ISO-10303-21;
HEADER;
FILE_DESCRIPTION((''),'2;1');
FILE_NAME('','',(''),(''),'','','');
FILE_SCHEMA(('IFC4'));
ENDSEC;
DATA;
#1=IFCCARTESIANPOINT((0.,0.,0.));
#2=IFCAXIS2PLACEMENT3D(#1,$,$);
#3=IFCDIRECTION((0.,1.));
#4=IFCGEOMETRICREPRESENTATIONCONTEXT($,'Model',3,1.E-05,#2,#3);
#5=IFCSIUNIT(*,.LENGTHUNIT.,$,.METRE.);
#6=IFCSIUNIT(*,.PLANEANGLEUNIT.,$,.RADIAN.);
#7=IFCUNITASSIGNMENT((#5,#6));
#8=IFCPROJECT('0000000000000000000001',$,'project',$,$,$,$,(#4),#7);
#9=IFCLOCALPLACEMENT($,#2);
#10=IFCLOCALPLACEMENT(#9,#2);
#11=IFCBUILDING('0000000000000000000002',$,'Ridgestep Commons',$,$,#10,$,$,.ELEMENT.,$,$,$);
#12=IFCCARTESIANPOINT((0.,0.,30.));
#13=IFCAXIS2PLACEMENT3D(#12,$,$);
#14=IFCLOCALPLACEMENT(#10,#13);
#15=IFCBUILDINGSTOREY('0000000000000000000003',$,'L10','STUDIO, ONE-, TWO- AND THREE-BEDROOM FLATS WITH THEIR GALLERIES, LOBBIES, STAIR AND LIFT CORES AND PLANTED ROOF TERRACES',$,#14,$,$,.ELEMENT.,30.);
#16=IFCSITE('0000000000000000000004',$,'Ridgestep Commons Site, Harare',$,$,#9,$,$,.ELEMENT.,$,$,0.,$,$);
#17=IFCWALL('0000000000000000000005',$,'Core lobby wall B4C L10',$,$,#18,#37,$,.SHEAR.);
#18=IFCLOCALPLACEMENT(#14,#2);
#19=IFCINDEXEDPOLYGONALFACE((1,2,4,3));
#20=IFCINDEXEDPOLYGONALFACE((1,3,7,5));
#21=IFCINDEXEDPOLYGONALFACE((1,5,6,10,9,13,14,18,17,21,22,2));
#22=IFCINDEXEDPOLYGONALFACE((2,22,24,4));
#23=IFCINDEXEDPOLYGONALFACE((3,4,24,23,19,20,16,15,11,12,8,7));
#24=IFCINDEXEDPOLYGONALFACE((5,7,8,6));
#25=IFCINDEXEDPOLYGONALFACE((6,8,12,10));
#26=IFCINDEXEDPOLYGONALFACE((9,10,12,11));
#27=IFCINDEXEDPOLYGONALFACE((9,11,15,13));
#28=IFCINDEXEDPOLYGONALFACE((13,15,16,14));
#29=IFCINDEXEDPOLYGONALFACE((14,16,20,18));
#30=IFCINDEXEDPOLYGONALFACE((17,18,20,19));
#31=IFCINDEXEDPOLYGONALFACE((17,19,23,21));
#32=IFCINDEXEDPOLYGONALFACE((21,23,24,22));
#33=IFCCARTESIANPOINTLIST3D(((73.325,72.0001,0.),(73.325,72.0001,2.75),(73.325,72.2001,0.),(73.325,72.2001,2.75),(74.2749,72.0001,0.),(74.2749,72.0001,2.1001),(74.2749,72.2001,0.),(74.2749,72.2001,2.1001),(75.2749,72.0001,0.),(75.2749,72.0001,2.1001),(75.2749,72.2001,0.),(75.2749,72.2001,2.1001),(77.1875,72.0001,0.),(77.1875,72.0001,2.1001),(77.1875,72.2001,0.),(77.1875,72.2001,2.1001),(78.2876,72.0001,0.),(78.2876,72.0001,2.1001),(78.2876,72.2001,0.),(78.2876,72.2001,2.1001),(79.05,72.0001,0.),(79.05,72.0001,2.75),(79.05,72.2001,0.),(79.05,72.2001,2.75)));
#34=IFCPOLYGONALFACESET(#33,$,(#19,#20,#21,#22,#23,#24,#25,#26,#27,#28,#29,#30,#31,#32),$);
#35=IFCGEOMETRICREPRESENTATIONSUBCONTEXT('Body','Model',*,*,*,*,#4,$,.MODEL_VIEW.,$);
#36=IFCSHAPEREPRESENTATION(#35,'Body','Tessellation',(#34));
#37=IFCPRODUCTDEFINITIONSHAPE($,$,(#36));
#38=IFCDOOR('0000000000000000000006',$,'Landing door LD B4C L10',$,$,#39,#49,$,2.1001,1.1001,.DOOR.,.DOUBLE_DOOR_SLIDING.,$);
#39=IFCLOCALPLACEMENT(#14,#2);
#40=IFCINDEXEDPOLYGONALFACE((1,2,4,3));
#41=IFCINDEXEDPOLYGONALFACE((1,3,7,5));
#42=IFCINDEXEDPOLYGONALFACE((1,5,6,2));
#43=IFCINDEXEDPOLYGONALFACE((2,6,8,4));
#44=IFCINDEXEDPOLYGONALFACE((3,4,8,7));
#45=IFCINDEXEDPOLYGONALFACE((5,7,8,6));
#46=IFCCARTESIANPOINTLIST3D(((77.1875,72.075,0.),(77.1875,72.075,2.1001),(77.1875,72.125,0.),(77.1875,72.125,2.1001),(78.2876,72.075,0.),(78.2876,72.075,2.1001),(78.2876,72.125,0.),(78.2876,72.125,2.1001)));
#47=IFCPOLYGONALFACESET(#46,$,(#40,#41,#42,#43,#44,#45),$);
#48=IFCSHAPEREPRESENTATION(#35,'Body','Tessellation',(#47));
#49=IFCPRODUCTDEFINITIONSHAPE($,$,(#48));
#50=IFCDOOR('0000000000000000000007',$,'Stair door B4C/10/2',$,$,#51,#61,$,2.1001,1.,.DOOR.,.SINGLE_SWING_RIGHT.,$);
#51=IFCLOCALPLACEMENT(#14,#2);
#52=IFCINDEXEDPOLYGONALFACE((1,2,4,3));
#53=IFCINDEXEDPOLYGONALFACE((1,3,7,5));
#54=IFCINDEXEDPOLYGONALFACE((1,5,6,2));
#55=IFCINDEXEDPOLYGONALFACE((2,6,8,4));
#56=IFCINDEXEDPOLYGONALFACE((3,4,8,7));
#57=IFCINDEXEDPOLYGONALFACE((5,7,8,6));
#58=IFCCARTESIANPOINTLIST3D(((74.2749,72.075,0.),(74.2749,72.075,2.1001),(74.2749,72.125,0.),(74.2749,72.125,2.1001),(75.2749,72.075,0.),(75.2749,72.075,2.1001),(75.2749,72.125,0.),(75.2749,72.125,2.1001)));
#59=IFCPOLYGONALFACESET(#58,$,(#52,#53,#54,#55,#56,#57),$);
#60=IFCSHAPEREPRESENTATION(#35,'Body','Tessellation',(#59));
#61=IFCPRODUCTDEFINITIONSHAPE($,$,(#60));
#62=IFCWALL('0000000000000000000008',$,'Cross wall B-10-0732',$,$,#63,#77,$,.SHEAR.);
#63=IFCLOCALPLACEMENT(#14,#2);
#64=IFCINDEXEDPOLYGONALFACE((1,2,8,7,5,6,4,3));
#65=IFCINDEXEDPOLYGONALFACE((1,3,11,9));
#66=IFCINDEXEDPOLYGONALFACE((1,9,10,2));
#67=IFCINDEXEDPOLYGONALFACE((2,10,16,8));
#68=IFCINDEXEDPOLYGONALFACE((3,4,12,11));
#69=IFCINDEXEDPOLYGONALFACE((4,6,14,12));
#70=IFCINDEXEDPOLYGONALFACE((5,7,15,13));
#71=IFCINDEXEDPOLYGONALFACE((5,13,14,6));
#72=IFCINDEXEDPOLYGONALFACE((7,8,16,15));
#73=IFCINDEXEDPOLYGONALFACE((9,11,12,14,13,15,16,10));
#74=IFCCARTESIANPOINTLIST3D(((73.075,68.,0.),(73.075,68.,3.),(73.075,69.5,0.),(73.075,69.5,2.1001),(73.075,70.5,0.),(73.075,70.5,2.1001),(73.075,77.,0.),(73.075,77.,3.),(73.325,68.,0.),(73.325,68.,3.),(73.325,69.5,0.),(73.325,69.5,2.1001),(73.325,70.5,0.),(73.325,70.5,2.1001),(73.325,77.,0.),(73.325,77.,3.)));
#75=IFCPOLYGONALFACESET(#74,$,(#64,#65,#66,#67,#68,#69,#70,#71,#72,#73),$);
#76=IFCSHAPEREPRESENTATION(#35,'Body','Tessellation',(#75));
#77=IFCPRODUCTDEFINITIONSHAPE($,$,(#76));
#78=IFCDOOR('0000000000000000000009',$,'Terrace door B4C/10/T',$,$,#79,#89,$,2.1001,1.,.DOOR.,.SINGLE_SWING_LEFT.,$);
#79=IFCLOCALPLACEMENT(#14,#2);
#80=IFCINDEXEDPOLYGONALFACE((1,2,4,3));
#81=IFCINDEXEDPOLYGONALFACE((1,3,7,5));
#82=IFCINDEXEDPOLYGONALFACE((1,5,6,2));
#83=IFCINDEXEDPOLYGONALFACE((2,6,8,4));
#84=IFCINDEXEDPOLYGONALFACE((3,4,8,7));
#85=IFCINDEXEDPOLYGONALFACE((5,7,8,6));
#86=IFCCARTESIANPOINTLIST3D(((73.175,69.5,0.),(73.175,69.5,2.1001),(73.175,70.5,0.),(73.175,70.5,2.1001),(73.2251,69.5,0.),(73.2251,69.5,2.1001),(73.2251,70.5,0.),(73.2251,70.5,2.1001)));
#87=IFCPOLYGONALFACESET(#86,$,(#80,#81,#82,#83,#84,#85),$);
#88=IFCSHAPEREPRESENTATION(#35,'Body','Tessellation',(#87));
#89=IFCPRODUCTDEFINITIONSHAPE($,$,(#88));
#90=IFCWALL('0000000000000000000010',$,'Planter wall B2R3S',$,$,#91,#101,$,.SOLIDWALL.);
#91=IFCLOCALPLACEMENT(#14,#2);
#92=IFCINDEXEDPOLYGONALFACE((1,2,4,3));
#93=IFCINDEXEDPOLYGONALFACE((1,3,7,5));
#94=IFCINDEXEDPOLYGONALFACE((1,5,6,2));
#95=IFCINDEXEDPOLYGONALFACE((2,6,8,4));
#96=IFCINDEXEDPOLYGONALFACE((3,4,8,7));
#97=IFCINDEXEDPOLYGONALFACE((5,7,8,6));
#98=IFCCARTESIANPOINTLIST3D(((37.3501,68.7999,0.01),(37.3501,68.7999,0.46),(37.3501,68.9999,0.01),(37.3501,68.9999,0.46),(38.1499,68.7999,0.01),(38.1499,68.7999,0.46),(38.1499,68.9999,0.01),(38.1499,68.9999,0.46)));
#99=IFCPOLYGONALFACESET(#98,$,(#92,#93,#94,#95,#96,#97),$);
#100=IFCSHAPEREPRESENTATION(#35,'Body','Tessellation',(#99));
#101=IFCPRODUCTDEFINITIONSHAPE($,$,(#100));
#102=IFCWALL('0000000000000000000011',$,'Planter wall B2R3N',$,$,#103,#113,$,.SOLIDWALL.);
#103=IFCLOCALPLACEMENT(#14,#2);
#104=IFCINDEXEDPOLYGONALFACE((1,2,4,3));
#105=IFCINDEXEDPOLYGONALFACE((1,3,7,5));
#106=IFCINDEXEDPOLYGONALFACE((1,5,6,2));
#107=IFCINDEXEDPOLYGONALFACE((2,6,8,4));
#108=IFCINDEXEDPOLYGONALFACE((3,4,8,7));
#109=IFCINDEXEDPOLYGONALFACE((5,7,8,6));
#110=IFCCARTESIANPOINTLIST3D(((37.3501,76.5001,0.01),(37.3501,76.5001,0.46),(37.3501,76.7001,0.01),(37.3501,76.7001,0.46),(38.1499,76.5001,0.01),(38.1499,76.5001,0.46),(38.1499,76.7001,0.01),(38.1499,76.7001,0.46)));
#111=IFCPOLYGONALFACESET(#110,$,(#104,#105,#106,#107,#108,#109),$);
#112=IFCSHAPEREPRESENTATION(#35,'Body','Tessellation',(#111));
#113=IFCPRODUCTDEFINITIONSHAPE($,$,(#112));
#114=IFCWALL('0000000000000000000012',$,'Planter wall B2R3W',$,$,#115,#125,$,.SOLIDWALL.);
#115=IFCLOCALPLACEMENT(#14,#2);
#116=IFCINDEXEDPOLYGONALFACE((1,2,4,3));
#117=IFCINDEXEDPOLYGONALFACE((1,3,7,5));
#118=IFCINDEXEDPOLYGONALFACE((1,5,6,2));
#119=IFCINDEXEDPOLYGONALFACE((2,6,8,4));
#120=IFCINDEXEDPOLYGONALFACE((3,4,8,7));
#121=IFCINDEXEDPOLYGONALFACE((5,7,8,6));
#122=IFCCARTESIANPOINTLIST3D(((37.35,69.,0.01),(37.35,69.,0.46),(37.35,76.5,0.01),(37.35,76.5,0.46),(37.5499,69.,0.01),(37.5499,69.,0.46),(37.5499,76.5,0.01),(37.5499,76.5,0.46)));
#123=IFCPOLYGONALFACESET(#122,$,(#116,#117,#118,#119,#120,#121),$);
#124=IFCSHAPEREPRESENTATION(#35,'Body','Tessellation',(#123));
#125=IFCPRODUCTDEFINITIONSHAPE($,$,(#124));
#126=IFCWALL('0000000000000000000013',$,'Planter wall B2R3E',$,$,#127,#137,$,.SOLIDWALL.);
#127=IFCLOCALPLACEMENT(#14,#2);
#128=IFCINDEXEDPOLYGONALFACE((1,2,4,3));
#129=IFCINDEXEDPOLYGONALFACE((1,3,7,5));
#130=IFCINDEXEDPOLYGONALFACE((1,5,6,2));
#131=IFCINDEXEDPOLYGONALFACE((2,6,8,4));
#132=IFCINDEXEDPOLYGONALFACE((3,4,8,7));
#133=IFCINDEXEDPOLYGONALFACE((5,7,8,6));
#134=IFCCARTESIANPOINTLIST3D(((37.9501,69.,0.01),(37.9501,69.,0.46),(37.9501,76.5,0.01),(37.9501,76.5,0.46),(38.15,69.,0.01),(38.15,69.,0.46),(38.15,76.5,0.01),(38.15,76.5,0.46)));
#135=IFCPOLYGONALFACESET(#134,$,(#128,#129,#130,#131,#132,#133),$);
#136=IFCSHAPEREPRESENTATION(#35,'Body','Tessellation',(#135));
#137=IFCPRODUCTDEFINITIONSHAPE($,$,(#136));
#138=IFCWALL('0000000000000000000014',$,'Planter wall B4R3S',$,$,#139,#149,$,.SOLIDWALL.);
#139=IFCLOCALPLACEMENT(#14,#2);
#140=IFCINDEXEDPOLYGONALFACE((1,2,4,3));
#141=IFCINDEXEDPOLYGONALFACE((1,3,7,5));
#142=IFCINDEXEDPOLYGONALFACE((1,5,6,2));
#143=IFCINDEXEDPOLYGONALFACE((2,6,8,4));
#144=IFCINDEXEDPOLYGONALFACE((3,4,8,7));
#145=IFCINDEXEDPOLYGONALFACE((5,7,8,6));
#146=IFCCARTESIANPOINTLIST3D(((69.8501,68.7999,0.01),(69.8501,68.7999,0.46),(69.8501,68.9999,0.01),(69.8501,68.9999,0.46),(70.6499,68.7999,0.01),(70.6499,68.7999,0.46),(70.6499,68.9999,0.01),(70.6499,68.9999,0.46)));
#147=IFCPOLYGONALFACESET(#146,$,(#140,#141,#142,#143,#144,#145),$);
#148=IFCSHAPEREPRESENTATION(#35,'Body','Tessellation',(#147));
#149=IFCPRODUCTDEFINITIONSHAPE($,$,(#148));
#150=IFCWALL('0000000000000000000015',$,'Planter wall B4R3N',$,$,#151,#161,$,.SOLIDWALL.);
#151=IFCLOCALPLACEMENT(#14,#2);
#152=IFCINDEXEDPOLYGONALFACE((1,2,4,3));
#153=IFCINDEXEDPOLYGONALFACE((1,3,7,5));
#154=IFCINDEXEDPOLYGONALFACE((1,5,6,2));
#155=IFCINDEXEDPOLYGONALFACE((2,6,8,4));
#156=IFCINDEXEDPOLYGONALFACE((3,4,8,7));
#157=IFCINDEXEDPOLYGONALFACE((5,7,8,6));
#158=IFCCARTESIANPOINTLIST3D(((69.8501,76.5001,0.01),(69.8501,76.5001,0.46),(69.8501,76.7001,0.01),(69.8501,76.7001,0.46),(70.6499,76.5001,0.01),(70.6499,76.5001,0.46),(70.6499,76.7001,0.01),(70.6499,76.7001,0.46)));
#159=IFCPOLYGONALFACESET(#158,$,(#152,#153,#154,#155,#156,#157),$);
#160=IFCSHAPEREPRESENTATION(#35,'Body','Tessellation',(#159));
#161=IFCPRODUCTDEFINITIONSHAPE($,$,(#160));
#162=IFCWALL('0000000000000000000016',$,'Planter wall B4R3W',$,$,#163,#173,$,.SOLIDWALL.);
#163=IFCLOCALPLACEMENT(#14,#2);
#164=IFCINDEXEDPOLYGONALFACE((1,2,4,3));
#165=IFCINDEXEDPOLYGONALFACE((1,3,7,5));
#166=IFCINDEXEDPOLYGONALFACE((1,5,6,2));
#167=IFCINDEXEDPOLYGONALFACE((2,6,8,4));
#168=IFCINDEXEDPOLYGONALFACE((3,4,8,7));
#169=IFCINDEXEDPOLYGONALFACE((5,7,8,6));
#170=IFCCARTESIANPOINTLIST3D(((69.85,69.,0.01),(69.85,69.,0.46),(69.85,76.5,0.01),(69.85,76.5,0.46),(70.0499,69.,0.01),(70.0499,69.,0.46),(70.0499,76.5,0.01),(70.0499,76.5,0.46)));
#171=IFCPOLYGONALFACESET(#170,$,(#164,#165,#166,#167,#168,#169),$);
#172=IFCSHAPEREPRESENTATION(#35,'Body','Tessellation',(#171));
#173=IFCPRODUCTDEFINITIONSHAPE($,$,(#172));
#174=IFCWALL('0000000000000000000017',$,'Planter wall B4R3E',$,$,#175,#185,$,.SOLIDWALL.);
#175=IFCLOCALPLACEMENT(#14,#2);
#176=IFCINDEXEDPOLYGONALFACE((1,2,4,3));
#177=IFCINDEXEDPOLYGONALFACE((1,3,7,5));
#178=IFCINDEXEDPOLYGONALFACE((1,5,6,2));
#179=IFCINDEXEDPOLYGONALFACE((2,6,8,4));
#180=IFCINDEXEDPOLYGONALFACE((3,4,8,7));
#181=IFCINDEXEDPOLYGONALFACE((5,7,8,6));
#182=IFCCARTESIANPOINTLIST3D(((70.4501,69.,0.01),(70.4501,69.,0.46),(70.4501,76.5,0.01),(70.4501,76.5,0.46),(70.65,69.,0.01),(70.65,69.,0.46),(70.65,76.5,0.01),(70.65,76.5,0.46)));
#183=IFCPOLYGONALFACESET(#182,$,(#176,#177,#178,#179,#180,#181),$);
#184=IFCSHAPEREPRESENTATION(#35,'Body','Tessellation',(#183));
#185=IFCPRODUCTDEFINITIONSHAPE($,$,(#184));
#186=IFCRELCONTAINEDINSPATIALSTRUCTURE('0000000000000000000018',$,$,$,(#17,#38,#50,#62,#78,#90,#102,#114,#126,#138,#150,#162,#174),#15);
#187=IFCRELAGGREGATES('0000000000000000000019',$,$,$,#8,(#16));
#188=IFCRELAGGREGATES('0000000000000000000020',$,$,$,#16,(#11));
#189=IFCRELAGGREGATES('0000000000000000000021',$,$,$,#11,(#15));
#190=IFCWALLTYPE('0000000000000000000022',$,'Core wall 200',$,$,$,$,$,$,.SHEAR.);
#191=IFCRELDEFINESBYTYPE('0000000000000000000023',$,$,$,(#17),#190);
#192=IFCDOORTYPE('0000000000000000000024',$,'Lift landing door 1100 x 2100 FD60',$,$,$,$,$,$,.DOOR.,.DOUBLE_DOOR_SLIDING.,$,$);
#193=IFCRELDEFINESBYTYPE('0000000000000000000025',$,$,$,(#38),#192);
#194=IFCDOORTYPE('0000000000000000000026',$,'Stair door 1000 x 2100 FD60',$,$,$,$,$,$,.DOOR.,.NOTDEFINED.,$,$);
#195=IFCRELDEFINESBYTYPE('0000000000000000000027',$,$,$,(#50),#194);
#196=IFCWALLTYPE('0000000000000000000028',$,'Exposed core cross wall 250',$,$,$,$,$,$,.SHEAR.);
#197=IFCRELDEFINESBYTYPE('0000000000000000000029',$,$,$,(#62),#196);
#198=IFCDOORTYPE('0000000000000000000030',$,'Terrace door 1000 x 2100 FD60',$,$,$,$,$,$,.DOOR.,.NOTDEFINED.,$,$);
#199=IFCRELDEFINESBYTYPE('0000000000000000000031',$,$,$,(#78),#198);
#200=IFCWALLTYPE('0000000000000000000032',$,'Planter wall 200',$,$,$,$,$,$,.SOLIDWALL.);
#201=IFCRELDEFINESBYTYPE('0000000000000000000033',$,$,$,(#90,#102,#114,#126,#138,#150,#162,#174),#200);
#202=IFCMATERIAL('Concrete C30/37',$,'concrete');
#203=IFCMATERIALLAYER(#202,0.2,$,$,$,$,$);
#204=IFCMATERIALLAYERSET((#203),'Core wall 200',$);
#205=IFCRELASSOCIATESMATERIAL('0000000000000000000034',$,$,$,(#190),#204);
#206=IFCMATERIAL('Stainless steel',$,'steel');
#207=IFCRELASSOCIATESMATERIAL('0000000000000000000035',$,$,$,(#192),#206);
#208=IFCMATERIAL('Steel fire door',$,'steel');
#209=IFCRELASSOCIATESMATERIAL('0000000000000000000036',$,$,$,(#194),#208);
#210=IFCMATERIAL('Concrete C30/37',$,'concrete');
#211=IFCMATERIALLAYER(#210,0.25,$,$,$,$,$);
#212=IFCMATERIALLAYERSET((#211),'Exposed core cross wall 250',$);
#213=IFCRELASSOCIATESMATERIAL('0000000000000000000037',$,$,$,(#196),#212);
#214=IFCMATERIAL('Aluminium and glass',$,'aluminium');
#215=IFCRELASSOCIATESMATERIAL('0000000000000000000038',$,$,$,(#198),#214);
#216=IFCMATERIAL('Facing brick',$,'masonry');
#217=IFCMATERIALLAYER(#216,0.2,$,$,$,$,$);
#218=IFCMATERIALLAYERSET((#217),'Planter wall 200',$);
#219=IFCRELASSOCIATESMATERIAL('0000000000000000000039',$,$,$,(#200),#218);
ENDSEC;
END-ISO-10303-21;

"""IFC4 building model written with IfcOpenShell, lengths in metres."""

from ifc_helpers import new_model, si_unit, direction, frame, frame_2d, origin, place, context, subcontext, project, spatial, rectangle, extrude, material, layer, layer_set, type_object, element, fill, save


model = new_model("IFC4")

# Units and contexts
model_context = context("Model", 3, precision=1e-05, world=origin(), true_north=direction((0.0, 1.0)))
body_context = subcontext(model_context, "Body", "Model", "MODEL_VIEW")
ifc_project = project(units=[si_unit("LENGTHUNIT", "METRE"), si_unit("PLANEANGLEUNIT", "RADIAN")], contexts=[model_context])

# Site, building, storey
site_placement = place(None, origin())
site = spatial("IfcSite", under=ifc_project, at=site_placement, Name="Ridgestep Commons Site, Harare", CompositionType="ELEMENT", RefElevation=0.0)
building_placement = place(site_placement, origin())
building = spatial("IfcBuilding", under=site, at=building_placement, Name="Ridgestep Commons", CompositionType="ELEMENT")
storey_placement = place(building_placement, frame((0.0, 0.0, 30.0)))
storey = spatial("IfcBuildingStorey", under=building, at=storey_placement, Name="L10", Description="STUDIO, ONE-, TWO- AND THREE-BEDROOM FLATS WITH THEIR GALLERIES, LOBBIES, STAIR AND LIFT CORES AND PLANTED ROOF TERRACES", CompositionType="ELEMENT", Elevation=30.0)

# Wall, openings, doors
ifc_material_1 = material(Name="Concrete C30/37", Category="concrete")
ifc_layer_1 = layer(ifc_material_1, 0.2)
ifc_layer_set_1 = layer_set([ifc_layer_1], Name="Core wall 200")
wall_type_1 = type_object("IfcWallType", Name="Core wall 200", PredefinedType="SHEAR", material=ifc_layer_set_1)
wall_1_placement = place(storey_placement, frame((73.325, 72.1001, 0.0), z_axis=(0.0, 0.0, 1.0), x_axis=(1.0, 0.0, 0.0)))
wall_1 = element("IfcWall", 1, at=wall_1_placement, inside=storey, type_object=wall_type_1, Name="Core lobby wall B4C L10", PredefinedType="SHEAR", context=body_context, shape_type="SweptSolid", body=[
    extrude(rectangle(XDim=5.7251, YDim=0.2, at=frame_2d((2.8625, 0.0))), origin(), (0.0, 0.0, 1.0), 2.75),
])
opening_1_placement = place(wall_1_placement, frame((0.95, 0.0, 0.0)))
opening_1 = element("IfcOpeningElement", 2, at=opening_1_placement, cuts=wall_1, PredefinedType="OPENING", context=body_context, shape_type="SweptSolid", body=[
    extrude(rectangle(XDim=1.0, YDim=2.1001, at=frame_2d((0.5, 1.05))), frame((0.0, 0.1099, 0.0), z_axis=(0.0, -1.0, 0.0), x_axis=(1.0, 0.0, 0.0)), (0.0, 0.0, 1.0), 0.22),
])
opening_2_placement = place(wall_1_placement, frame((3.8625, 0.0, 0.0)))
opening_2 = element("IfcOpeningElement", 3, at=opening_2_placement, cuts=wall_1, PredefinedType="OPENING", context=body_context, shape_type="SweptSolid", body=[
    extrude(rectangle(XDim=1.1001, YDim=2.1001, at=frame_2d((0.55, 1.05))), frame((0.0, 0.1099, 0.0), z_axis=(0.0, -1.0, 0.0), x_axis=(1.0, 0.0, 0.0)), (0.0, 0.0, 1.0), 0.22),
])
ifc_material_2 = material(Name="Stainless steel", Category="steel")
door_type_1 = type_object("IfcDoorType", Name="Lift landing door 1100 x 2100 FD60", OperationType="DOUBLE_DOOR_SLIDING", PredefinedType="DOOR", material=ifc_material_2)
door_1_placement = place(opening_2_placement, origin())
door_1 = element("IfcDoor", 4, at=door_1_placement, inside=storey, type_object=door_type_1, Name="Landing door LD B4C L10", OperationType="DOUBLE_DOOR_SLIDING", OverallHeight=2.1001, OverallWidth=1.1001, PredefinedType="DOOR", context=body_context, shape_type="SweptSolid", body=[
    extrude(rectangle(XDim=1.1001, YDim=2.1001, at=frame_2d((0.55, 1.05))), frame((0.0, 0.0249, 0.0), z_axis=(0.0, -1.0, 0.0), x_axis=(1.0, 0.0, 0.0)), (0.0, 0.0, 1.0), 0.05),
])
fill(opening_2, door_1)
ifc_material_3 = material(Name="Steel fire door", Category="steel")
door_type_2 = type_object("IfcDoorType", Name="Stair door 1000 x 2100 FD60", OperationType="NOTDEFINED", PredefinedType="DOOR", material=ifc_material_3)
door_2_placement = place(opening_1_placement, origin())
door_2 = element("IfcDoor", 5, at=door_2_placement, inside=storey, type_object=door_type_2, Name="Stair door B4C/10/2", OperationType="SINGLE_SWING_RIGHT", OverallHeight=2.1001, OverallWidth=1.0, PredefinedType="DOOR", context=body_context, shape_type="SweptSolid", body=[
    extrude(rectangle(XDim=1.0, YDim=2.1001, at=frame_2d((0.5, 1.05))), frame((0.0, 0.0249, 0.0), z_axis=(0.0, -1.0, 0.0), x_axis=(1.0, 0.0, 0.0)), (0.0, 0.0, 1.0), 0.05),
])
fill(opening_1, door_2)

# Wall, opening, door
ifc_material_4 = material(Name="Concrete C30/37", Category="concrete")
ifc_layer_2 = layer(ifc_material_4, 0.25)
ifc_layer_set_2 = layer_set([ifc_layer_2], Name="Exposed core cross wall 250")
wall_type_2 = type_object("IfcWallType", Name="Exposed core cross wall 250", PredefinedType="SHEAR", material=ifc_layer_set_2)
wall_2_placement = place(storey_placement, frame((73.2, 68.0, 0.0), z_axis=(0.0, 0.0, 1.0), x_axis=(0.0, 1.0, 0.0)))
wall_2 = element("IfcWall", 6, at=wall_2_placement, inside=storey, type_object=wall_type_2, Name="Cross wall B-10-0732", PredefinedType="SHEAR", context=body_context, shape_type="SweptSolid", body=[
    extrude(rectangle(XDim=9.0, YDim=0.25, at=frame_2d((4.5, 0.0))), origin(), (0.0, 0.0, 1.0), 3.0),
])
opening_3_placement = place(wall_2_placement, frame((1.5, 0.0, 0.0)))
opening_3 = element("IfcOpeningElement", 7, at=opening_3_placement, cuts=wall_2, PredefinedType="OPENING", context=body_context, shape_type="SweptSolid", body=[
    extrude(rectangle(XDim=1.0, YDim=2.1001, at=frame_2d((0.5, 1.05))), frame((0.0, 0.135, 0.0), z_axis=(0.0, -1.0, 0.0), x_axis=(1.0, 0.0, 0.0)), (0.0, 0.0, 1.0), 0.27),
])
ifc_material_5 = material(Name="Aluminium and glass", Category="aluminium")
door_type_3 = type_object("IfcDoorType", Name="Terrace door 1000 x 2100 FD60", OperationType="NOTDEFINED", PredefinedType="DOOR", material=ifc_material_5)
door_3_placement = place(opening_3_placement, origin())
door_3 = element("IfcDoor", 8, at=door_3_placement, inside=storey, type_object=door_type_3, Name="Terrace door B4C/10/T", OperationType="SINGLE_SWING_LEFT", OverallHeight=2.1001, OverallWidth=1.0, PredefinedType="DOOR", context=body_context, shape_type="SweptSolid", body=[
    extrude(rectangle(XDim=1.0, YDim=2.1001, at=frame_2d((0.5, 1.05))), frame((0.0, 0.0249, 0.0), z_axis=(0.0, -1.0, 0.0), x_axis=(1.0, 0.0, 0.0)), (0.0, 0.0, 1.0), 0.05),
])
fill(opening_3, door_3)

# Walls
ifc_material_6 = material(Name="Facing brick", Category="masonry")
ifc_layer_3 = layer(ifc_material_6, 0.2)
ifc_layer_set_3 = layer_set([ifc_layer_3], Name="Planter wall 200")
wall_type_3 = type_object("IfcWallType", Name="Planter wall 200", PredefinedType="SOLIDWALL", material=ifc_layer_set_3)
for number, where, z_axis, x_axis, name in (
    (9, (37.3501, 68.8999, 0.01), (0.0, 0.0, 1.0), (1.0, 0.0, 0.0), "Planter wall B2R3S"),
    (10, (37.3501, 76.6001, 0.01), (0.0, 0.0, 1.0), (1.0, 0.0, 0.0), "Planter wall B2R3N"),
):
    element("IfcWall", number, at=place(storey_placement, frame(where, z_axis=z_axis, x_axis=x_axis)), inside=storey, type_object=wall_type_3, Name=name, PredefinedType="SOLIDWALL", context=body_context, shape_type="SweptSolid", body=[
        extrude(rectangle(XDim=0.7998, YDim=0.2, at=frame_2d((0.3999, 0.0))), origin(), (0.0, 0.0, 1.0), 0.45),
    ])
for number, where, z_axis, x_axis, name in (
    (11, (37.45, 69.0, 0.01), (0.0, 0.0, 1.0), (0.0, 1.0, 0.0), "Planter wall B2R3W"),
    (12, (38.05, 69.0, 0.01), (0.0, 0.0, 1.0), (0.0, 1.0, 0.0), "Planter wall B2R3E"),
):
    element("IfcWall", number, at=place(storey_placement, frame(where, z_axis=z_axis, x_axis=x_axis)), inside=storey, type_object=wall_type_3, Name=name, PredefinedType="SOLIDWALL", context=body_context, shape_type="SweptSolid", body=[
        extrude(rectangle(XDim=7.5, YDim=0.2, at=frame_2d((3.75, 0.0))), origin(), (0.0, 0.0, 1.0), 0.45),
    ])
for number, where, z_axis, x_axis, name in (
    (13, (69.8501, 68.8999, 0.01), (0.0, 0.0, 1.0), (1.0, 0.0, 0.0), "Planter wall B4R3S"),
    (14, (69.8501, 76.6001, 0.01), (0.0, 0.0, 1.0), (1.0, 0.0, 0.0), "Planter wall B4R3N"),
):
    element("IfcWall", number, at=place(storey_placement, frame(where, z_axis=z_axis, x_axis=x_axis)), inside=storey, type_object=wall_type_3, Name=name, PredefinedType="SOLIDWALL", context=body_context, shape_type="SweptSolid", body=[
        extrude(rectangle(XDim=0.7998, YDim=0.2, at=frame_2d((0.3999, 0.0))), origin(), (0.0, 0.0, 1.0), 0.45),
    ])
for number, where, z_axis, x_axis, name in (
    (15, (69.95, 69.0, 0.01), (0.0, 0.0, 1.0), (0.0, 1.0, 0.0), "Planter wall B4R3W"),
    (16, (70.55, 69.0, 0.01), (0.0, 0.0, 1.0), (0.0, 1.0, 0.0), "Planter wall B4R3E"),
):
    element("IfcWall", number, at=place(storey_placement, frame(where, z_axis=z_axis, x_axis=x_axis)), inside=storey, type_object=wall_type_3, Name=name, PredefinedType="SOLIDWALL", context=body_context, shape_type="SweptSolid", body=[
        extrude(rectangle(XDim=7.5, YDim=0.2, at=frame_2d((3.75, 0.0))), origin(), (0.0, 0.0, 1.0), 0.45),
    ])

save(model, "model.ifc")
